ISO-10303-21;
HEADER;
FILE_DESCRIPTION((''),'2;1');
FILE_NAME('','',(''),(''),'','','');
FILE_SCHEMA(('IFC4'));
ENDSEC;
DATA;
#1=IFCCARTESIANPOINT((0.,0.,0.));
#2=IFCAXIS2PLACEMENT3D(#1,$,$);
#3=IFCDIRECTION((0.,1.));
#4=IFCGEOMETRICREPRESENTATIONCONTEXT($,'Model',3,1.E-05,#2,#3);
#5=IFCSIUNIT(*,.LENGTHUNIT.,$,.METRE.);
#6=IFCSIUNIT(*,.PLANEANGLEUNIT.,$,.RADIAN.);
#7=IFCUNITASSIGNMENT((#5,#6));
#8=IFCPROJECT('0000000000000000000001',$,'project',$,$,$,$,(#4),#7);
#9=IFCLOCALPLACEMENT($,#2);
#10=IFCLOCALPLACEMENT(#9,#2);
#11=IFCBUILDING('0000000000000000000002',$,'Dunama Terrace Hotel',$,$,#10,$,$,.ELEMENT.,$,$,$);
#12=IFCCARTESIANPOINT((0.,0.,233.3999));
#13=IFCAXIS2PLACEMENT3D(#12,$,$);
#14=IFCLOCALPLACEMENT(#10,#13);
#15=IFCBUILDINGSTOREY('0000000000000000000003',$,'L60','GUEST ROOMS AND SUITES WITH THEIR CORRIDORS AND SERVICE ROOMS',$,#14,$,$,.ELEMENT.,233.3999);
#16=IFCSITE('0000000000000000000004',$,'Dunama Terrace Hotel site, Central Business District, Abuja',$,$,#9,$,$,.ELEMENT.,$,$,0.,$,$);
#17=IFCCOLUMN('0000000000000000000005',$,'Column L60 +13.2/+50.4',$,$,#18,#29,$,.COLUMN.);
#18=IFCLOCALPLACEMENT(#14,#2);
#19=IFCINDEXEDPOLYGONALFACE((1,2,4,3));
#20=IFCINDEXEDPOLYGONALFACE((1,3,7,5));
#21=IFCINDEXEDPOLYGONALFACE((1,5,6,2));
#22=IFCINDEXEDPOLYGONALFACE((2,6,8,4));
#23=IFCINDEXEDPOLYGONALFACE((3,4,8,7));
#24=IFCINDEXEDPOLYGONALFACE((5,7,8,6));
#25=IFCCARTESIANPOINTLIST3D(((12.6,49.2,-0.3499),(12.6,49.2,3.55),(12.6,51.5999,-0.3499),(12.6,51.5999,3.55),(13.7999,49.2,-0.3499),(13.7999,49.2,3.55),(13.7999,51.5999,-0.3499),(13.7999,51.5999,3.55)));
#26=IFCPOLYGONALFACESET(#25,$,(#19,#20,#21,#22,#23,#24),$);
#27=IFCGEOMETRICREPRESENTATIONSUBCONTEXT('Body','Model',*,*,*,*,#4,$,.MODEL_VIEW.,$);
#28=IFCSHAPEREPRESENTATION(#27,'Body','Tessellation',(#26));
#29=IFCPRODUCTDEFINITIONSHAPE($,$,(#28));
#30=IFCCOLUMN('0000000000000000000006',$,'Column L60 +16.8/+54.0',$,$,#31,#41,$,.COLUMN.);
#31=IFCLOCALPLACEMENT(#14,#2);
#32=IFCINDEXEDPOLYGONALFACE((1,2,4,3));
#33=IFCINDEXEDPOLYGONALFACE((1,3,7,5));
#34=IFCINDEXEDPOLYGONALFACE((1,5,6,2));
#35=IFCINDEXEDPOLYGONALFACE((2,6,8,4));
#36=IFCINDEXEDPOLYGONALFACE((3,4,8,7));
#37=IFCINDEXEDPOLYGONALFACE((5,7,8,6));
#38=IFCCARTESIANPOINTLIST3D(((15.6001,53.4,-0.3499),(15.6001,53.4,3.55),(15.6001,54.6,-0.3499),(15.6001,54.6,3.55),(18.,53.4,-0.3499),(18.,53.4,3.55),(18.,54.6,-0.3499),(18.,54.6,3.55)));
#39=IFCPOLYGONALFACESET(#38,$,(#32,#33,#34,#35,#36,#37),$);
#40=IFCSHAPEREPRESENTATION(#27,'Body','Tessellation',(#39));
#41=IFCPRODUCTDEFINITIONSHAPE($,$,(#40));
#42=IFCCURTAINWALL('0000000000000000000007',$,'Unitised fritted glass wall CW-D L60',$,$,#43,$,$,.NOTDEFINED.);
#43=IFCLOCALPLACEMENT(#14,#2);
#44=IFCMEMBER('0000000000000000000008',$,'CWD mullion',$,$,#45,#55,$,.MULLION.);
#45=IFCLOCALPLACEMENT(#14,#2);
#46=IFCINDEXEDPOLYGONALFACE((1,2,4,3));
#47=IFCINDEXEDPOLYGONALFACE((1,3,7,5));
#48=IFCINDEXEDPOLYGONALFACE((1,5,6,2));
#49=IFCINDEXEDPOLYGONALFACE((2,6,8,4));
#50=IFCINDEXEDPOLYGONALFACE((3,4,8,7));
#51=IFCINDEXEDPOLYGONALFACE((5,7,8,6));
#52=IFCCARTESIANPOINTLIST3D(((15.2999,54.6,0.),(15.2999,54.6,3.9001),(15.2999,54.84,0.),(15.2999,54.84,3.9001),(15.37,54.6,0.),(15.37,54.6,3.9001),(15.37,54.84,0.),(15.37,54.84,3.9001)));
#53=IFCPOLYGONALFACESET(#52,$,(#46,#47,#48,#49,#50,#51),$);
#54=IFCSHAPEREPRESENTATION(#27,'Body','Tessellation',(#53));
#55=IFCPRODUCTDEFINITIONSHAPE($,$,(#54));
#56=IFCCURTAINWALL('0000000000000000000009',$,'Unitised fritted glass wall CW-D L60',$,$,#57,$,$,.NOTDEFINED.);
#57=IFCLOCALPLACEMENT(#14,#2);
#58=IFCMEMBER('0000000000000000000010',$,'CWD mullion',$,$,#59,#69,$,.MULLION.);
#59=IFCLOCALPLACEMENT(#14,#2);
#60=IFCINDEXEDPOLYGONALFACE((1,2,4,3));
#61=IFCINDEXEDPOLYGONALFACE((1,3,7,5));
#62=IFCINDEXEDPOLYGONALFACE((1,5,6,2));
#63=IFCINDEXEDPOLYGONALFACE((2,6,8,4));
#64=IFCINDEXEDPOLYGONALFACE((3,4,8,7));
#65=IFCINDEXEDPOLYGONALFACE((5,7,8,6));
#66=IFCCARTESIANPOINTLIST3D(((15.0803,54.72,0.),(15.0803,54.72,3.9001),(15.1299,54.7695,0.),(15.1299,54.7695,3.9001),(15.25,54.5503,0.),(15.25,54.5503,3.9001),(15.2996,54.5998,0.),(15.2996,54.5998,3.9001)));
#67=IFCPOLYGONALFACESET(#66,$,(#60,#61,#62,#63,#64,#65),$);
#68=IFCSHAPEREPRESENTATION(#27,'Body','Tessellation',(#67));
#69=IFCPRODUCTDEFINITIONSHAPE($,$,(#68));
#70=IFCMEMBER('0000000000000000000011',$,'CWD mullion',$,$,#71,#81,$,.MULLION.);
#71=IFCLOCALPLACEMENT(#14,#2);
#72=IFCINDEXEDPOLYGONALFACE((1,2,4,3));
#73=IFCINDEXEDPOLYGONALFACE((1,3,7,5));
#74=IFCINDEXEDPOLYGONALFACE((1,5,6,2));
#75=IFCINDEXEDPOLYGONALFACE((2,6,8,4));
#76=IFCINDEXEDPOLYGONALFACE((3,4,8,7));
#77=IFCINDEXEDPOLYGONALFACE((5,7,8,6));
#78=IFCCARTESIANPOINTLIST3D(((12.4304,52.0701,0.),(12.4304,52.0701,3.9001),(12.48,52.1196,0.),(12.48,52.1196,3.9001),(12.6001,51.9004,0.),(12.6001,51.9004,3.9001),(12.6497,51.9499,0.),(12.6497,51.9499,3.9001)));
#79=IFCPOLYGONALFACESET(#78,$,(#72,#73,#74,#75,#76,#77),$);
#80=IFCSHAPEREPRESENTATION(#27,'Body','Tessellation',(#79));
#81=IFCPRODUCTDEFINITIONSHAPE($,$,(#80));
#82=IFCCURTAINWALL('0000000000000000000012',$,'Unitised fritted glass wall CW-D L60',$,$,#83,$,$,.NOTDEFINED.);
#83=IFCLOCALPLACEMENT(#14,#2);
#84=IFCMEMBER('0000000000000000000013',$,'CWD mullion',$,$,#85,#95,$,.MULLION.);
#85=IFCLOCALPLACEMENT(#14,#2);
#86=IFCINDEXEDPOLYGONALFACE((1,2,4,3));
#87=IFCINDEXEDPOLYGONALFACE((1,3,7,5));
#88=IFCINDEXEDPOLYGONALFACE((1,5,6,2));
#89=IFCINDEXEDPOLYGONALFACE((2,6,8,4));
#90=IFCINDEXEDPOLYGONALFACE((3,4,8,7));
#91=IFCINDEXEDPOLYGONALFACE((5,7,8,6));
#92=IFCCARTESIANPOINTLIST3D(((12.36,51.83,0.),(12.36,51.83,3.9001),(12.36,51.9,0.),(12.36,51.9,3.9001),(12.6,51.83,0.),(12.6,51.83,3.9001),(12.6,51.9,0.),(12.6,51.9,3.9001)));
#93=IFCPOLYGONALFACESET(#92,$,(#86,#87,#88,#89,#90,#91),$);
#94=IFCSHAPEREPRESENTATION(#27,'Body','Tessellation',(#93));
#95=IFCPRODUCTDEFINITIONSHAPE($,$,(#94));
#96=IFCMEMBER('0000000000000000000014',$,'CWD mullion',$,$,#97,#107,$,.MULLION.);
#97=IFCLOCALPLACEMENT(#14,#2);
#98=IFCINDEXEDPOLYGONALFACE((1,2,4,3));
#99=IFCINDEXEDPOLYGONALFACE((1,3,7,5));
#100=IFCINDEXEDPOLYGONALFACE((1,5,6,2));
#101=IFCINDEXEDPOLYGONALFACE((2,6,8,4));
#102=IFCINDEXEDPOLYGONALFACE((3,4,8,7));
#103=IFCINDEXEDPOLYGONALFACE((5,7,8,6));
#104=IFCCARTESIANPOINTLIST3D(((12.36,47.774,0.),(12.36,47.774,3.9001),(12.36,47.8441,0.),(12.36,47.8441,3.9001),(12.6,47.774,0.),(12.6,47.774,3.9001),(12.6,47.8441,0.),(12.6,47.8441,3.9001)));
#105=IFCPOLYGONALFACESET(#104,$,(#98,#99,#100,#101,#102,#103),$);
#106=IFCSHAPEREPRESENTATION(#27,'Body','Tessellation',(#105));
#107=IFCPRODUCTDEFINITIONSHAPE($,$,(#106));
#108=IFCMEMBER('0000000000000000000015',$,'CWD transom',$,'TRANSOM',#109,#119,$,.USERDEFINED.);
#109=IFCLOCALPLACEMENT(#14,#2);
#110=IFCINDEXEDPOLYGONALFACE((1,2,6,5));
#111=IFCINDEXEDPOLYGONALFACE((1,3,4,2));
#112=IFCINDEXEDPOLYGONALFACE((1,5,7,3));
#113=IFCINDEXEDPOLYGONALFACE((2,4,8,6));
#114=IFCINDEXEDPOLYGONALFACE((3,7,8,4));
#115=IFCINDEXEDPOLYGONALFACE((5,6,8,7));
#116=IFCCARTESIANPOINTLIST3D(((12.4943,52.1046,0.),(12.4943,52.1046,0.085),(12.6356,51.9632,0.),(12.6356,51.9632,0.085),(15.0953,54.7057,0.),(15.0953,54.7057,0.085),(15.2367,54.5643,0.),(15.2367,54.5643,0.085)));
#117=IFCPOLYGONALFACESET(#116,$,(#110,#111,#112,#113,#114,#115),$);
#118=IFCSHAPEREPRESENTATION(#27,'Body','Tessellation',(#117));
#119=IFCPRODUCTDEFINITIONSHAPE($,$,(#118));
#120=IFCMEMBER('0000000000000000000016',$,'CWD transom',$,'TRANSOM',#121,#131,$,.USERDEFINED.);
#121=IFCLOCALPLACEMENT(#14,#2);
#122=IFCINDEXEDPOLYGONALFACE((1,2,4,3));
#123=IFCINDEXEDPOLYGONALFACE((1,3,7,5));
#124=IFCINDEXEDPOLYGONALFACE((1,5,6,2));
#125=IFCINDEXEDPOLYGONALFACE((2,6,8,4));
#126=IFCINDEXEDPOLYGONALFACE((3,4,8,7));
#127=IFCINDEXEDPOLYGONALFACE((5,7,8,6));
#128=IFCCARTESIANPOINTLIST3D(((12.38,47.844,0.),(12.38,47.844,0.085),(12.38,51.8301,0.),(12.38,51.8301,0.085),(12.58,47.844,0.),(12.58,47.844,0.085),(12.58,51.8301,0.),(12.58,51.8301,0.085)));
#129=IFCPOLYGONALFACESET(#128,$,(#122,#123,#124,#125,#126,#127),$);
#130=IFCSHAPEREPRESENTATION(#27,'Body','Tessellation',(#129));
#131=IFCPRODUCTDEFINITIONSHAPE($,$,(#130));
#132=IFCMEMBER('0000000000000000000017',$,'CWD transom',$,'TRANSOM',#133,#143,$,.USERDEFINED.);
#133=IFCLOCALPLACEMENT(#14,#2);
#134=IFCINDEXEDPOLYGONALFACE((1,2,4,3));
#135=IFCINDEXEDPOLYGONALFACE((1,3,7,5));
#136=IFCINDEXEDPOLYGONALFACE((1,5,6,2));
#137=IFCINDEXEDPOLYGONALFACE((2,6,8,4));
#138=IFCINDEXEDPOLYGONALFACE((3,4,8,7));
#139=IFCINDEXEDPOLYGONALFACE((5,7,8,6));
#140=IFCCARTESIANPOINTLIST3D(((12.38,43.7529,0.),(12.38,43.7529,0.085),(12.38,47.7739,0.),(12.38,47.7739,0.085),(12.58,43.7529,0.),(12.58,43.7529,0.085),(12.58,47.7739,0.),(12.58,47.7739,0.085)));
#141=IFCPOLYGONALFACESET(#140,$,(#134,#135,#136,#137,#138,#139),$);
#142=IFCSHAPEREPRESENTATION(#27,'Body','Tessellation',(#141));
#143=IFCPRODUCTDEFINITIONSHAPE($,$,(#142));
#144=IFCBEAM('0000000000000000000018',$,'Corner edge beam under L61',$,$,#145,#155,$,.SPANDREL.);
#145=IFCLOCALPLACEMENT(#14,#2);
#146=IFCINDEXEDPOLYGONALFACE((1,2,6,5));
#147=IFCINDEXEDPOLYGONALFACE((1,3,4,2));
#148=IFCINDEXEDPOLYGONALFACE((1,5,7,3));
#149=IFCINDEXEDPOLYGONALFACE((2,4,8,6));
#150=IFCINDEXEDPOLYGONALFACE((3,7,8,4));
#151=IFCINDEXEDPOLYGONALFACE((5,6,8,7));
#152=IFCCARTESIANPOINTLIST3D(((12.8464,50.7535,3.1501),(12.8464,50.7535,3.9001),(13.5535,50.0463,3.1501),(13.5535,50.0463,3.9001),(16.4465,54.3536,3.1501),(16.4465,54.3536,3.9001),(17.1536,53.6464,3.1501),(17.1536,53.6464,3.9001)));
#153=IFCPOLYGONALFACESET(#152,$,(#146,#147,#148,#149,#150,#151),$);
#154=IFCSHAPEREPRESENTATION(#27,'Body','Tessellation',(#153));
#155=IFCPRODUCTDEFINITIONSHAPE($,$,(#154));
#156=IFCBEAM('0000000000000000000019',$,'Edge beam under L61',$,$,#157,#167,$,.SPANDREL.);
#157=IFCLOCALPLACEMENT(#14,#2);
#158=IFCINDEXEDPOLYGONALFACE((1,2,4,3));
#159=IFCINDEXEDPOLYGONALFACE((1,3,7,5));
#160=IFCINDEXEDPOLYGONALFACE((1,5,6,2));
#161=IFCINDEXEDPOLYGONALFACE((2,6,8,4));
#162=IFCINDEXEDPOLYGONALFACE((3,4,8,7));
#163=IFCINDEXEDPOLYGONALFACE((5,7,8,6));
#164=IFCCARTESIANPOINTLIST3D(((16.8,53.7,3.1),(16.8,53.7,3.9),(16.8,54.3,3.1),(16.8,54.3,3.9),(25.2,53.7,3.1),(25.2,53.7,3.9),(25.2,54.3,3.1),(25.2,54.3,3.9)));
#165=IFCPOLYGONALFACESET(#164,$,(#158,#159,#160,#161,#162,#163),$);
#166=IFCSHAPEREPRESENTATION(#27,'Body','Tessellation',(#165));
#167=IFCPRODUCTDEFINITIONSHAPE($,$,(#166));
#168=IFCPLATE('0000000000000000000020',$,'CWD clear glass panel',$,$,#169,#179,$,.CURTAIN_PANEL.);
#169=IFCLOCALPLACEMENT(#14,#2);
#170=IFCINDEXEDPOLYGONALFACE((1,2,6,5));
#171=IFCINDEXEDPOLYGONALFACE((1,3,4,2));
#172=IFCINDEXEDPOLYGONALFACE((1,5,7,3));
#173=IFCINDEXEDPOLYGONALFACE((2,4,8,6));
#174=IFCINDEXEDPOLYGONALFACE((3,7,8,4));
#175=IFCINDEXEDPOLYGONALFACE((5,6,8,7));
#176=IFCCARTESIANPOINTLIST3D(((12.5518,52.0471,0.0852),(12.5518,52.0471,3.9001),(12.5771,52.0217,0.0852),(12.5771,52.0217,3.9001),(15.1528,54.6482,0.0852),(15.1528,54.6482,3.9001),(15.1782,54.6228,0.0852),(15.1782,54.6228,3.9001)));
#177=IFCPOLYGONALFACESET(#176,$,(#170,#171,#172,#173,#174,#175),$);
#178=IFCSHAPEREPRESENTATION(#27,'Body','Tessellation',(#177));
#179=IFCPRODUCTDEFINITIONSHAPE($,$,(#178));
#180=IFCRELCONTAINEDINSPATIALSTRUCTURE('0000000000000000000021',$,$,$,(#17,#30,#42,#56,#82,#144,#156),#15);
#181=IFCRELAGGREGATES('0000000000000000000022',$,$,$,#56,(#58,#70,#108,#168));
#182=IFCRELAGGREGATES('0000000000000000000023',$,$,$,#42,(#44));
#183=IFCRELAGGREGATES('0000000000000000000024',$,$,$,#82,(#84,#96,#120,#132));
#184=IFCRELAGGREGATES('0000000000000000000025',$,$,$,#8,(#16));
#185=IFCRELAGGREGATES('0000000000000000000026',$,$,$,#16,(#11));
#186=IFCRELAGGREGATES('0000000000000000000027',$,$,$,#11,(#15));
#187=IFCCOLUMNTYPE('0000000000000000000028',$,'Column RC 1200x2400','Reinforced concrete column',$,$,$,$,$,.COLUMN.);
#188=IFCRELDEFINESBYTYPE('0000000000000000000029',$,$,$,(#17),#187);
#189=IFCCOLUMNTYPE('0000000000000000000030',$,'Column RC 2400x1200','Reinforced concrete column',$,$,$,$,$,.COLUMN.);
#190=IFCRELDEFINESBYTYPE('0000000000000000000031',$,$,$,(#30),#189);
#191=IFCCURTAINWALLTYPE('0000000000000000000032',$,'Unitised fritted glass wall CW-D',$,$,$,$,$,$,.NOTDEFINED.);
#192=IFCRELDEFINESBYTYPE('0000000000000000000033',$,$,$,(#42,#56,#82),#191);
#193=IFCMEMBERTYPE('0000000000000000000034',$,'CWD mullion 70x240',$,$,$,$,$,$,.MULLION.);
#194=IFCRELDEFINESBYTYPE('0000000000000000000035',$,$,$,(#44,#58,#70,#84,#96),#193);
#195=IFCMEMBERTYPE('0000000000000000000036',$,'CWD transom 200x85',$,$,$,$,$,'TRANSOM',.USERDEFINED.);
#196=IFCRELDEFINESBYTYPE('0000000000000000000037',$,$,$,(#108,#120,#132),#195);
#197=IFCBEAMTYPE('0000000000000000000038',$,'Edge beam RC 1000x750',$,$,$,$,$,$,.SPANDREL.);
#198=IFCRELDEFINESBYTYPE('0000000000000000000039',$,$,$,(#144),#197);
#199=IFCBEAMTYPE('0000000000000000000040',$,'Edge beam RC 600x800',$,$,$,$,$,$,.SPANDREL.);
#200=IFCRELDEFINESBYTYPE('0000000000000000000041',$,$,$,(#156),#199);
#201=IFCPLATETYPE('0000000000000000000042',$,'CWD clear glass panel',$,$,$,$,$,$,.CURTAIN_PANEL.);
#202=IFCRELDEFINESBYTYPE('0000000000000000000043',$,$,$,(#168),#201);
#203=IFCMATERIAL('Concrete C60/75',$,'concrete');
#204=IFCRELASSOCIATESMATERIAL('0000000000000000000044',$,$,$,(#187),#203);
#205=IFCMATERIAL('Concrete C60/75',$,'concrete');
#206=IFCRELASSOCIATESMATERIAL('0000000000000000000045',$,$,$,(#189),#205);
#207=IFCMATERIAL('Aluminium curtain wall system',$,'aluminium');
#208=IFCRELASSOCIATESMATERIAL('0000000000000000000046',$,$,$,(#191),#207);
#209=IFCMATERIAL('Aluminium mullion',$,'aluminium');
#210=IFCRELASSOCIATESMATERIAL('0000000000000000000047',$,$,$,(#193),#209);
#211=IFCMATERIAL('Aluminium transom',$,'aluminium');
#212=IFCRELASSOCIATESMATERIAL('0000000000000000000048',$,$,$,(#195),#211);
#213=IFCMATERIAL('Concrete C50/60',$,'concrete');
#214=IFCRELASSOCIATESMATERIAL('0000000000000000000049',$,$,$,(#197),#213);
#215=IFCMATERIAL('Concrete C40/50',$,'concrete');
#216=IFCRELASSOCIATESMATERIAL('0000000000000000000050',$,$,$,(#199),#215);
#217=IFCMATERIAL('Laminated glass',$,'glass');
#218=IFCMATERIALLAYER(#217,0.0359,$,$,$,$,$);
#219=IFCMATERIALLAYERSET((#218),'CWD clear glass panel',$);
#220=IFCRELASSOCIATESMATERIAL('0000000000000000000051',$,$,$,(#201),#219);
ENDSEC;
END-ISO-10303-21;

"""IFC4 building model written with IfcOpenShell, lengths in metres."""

from ifc_helpers import new_model, si_unit, direction, frame, origin, origin_2d, place, context, subcontext, project, spatial, rectangle, extrude, material, layer, layer_set, material_profile, profile_set, type_object, element, aggregate, save


model = new_model("IFC4")

# Units and contexts
model_context = context("Model", 3, precision=1e-05, world=origin(), true_north=direction((0.0, 1.0)))
body_context = subcontext(model_context, "Body", "Model", "MODEL_VIEW")
ifc_project = project(units=[si_unit("LENGTHUNIT", "METRE"), si_unit("PLANEANGLEUNIT", "RADIAN")], contexts=[model_context])

# Site, building, storey
site_placement = place(None, origin())
site = spatial("IfcSite", under=ifc_project, at=site_placement, Name="Dunama Terrace Hotel site, Central Business District, Abuja", CompositionType="ELEMENT", RefElevation=0.0)
building_placement = place(site_placement, origin())
building = spatial("IfcBuilding", under=site, at=building_placement, Name="Dunama Terrace Hotel", CompositionType="ELEMENT")
storey_placement = place(building_placement, frame((0.0, 0.0, 233.3999)))
storey = spatial("IfcBuildingStorey", under=building, at=storey_placement, Name="L60", Description="GUEST ROOMS AND SUITES WITH THEIR CORRIDORS AND SERVICE ROOMS", CompositionType="ELEMENT", Elevation=233.3999)

# Columns
ifc_material_1 = material(Name="Concrete C60/75", Category="concrete")
ifc_material_profile_1 = material_profile(ifc_material_1, rectangle(XDim=1.2, YDim=2.3999, at=origin_2d()), Name="RC 1200x2400")
ifc_profile_set_1 = profile_set([ifc_material_profile_1], Name="Concrete C60/75")
column_type_1 = type_object("IfcColumnType", Name="Column RC 1200x2400", Description="Reinforced concrete column", PredefinedType="COLUMN", material=ifc_profile_set_1)
column_1_placement = place(storey_placement, frame((13.2, 50.3999, -0.3499), z_axis=(0.0, 0.0, 1.0), x_axis=(1.0, 0.0, 0.0)))
element("IfcColumn", 1, at=column_1_placement, inside=storey, type_object=column_type_1, Name="Column L60 +13.2/+50.4", PredefinedType="COLUMN", context=body_context, shape_type="SweptSolid", body=[
    extrude(rectangle(XDim=1.2, YDim=2.3999, at=origin_2d()), origin(), (0.0, 0.0, 1.0), 3.8999),
])
ifc_material_2 = material(Name="Concrete C60/75", Category="concrete")
ifc_material_profile_2 = material_profile(ifc_material_2, rectangle(XDim=2.3999, YDim=1.2, at=origin_2d()), Name="RC 2400x1200")
ifc_profile_set_2 = profile_set([ifc_material_profile_2], Name="Concrete C60/75")
column_type_2 = type_object("IfcColumnType", Name="Column RC 2400x1200", Description="Reinforced concrete column", PredefinedType="COLUMN", material=ifc_profile_set_2)
column_2_placement = place(storey_placement, frame((16.8, 54.0, -0.3499), z_axis=(0.0, 0.0, 1.0), x_axis=(1.0, 0.0, 0.0)))
element("IfcColumn", 2, at=column_2_placement, inside=storey, type_object=column_type_2, Name="Column L60 +16.8/+54.0", PredefinedType="COLUMN", context=body_context, shape_type="SweptSolid", body=[
    extrude(rectangle(XDim=2.3999, YDim=1.2, at=origin_2d()), origin(), (0.0, 0.0, 1.0), 3.8999),
])

# Curtain wall, member
ifc_material_3 = material(Name="Aluminium curtain wall system", Category="aluminium")
curtain_wall_type = type_object("IfcCurtainWallType", Name="Unitised fritted glass wall CW-D", PredefinedType="NOTDEFINED", material=ifc_material_3)
curtain_wall_1_placement = place(storey_placement, origin())
curtain_wall_1 = element("IfcCurtainWall", 3, at=curtain_wall_1_placement, inside=storey, type_object=curtain_wall_type, Name="Unitised fritted glass wall CW-D L60", PredefinedType="NOTDEFINED")
ifc_material_4 = material(Name="Aluminium mullion", Category="aluminium")
ifc_material_profile_3 = material_profile(ifc_material_4, rectangle(XDim=0.0701, YDim=0.24, at=origin_2d()), Name="CWD MULLION 70X240")
ifc_profile_set_3 = profile_set([ifc_material_profile_3], Name="Aluminium mullion")
member_type_1 = type_object("IfcMemberType", Name="CWD mullion 70x240", PredefinedType="MULLION", material=ifc_profile_set_3)
member_1_placement = place(storey_placement, frame((15.335, 54.72, 0.0), z_axis=(0.0, 0.0, 1.0), x_axis=(-1.0, 0.0, 0.0)))
member_1 = element("IfcMember", 4, at=member_1_placement, type_object=member_type_1, Name="CWD mullion", PredefinedType="MULLION", context=body_context, shape_type="SweptSolid", body=[
    extrude(rectangle(XDim=0.0701, YDim=0.24, at=origin_2d()), origin(), (0.0, 0.0, 1.0), 3.9001),
])

# Curtain walls, members
curtain_wall_2_placement = place(storey_placement, origin())
curtain_wall_2 = element("IfcCurtainWall", 5, at=curtain_wall_2_placement, inside=storey, type_object=curtain_wall_type, Name="Unitised fritted glass wall CW-D L60", PredefinedType="NOTDEFINED")
member_2_placement = place(storey_placement, frame((15.1899, 54.6599, 0.0), z_axis=(0.0, 0.0, 1.0), x_axis=(-0.707107, -0.707107, 0.0)))
member_2 = element("IfcMember", 6, at=member_2_placement, type_object=member_type_1, Name="CWD mullion", PredefinedType="MULLION", context=body_context, shape_type="SweptSolid", body=[
    extrude(rectangle(XDim=0.0701, YDim=0.24, at=origin_2d()), origin(), (0.0, 0.0, 1.0), 3.9001),
])
member_3_placement = place(storey_placement, frame((12.54, 52.01, 0.0), z_axis=(0.0, 0.0, 1.0), x_axis=(-0.707107, -0.707107, 0.0)))
member_3 = element("IfcMember", 7, at=member_3_placement, type_object=member_type_1, Name="CWD mullion", PredefinedType="MULLION", context=body_context, shape_type="SweptSolid", body=[
    extrude(rectangle(XDim=0.0701, YDim=0.24, at=origin_2d()), origin(), (0.0, 0.0, 1.0), 3.9001),
])
curtain_wall_3_placement = place(storey_placement, origin())
curtain_wall_3 = element("IfcCurtainWall", 8, at=curtain_wall_3_placement, inside=storey, type_object=curtain_wall_type, Name="Unitised fritted glass wall CW-D L60", PredefinedType="NOTDEFINED")
member_4_placement = place(storey_placement, frame((12.48, 51.865, 0.0), z_axis=(0.0, 0.0, 1.0), x_axis=(0.0, -1.0, 0.0)))
member_4 = element("IfcMember", 9, at=member_4_placement, type_object=member_type_1, Name="CWD mullion", PredefinedType="MULLION", context=body_context, shape_type="SweptSolid", body=[
    extrude(rectangle(XDim=0.0701, YDim=0.24, at=origin_2d()), origin(), (0.0, 0.0, 1.0), 3.9001),
])
member_5_placement = place(storey_placement, frame((12.48, 47.8091, 0.0), z_axis=(0.0, 0.0, 1.0), x_axis=(0.0, -1.0, 0.0)))
member_5 = element("IfcMember", 10, at=member_5_placement, type_object=member_type_1, Name="CWD mullion", PredefinedType="MULLION", context=body_context, shape_type="SweptSolid", body=[
    extrude(rectangle(XDim=0.0701, YDim=0.24, at=origin_2d()), origin(), (0.0, 0.0, 1.0), 3.9001),
])

# Members
ifc_material_5 = material(Name="Aluminium transom", Category="aluminium")
ifc_material_profile_4 = material_profile(ifc_material_5, rectangle(XDim=0.2, YDim=0.085, at=origin_2d()), Name="CWD TRANSOM 200X85")
ifc_profile_set_4 = profile_set([ifc_material_profile_4], Name="Aluminium transom")
member_type_2 = type_object("IfcMemberType", Name="CWD transom 200x85", ElementType="TRANSOM", PredefinedType="USERDEFINED", material=ifc_profile_set_4)
member_6_placement = place(storey_placement, frame((15.166, 54.635, 0.0425), z_axis=(-0.707107, -0.707107, 0.0), x_axis=(0.707107, -0.707107, 0.0)))
member_6 = element("IfcMember", 11, at=member_6_placement, type_object=member_type_2, Name="CWD transom", ObjectType="TRANSOM", PredefinedType="USERDEFINED", context=body_context, shape_type="SweptSolid", body=[
    extrude(rectangle(XDim=0.2, YDim=0.085, at=origin_2d()), origin(), (0.0, 0.0, 1.0), 3.6785),
])
member_7_placement = place(storey_placement, frame((12.48, 51.8301, 0.0425), z_axis=(0.0, -1.0, 0.0), x_axis=(1.0, 0.0, 0.0)))
member_7 = element("IfcMember", 12, at=member_7_placement, type_object=member_type_2, Name="CWD transom", ObjectType="TRANSOM", PredefinedType="USERDEFINED", context=body_context, shape_type="SweptSolid", body=[
    extrude(rectangle(XDim=0.2, YDim=0.085, at=origin_2d()), origin(), (0.0, 0.0, 1.0), 3.9861),
])
member_8_placement = place(storey_placement, frame((12.48, 47.7739, 0.0425), z_axis=(0.0, -1.0, 0.0), x_axis=(1.0, 0.0, 0.0)))
member_8 = element("IfcMember", 13, at=member_8_placement, type_object=member_type_2, Name="CWD transom", ObjectType="TRANSOM", PredefinedType="USERDEFINED", context=body_context, shape_type="SweptSolid", body=[
    extrude(rectangle(XDim=0.2, YDim=0.085, at=origin_2d()), origin(), (0.0, 0.0, 1.0), 4.021),
])

# Beams
ifc_material_6 = material(Name="Concrete C50/60", Category="concrete")
ifc_material_profile_5 = material_profile(ifc_material_6, rectangle(XDim=1.0, YDim=0.75, at=origin_2d()), Name="RC 1000x750")
ifc_profile_set_5 = profile_set([ifc_material_profile_5], Name="Concrete C50/60")
beam_type_1 = type_object("IfcBeamType", Name="Edge beam RC 1000x750", PredefinedType="SPANDREL", material=ifc_profile_set_5)
beam_1_placement = place(storey_placement, frame((16.8, 54.0, 3.5251), z_axis=(-0.707107, -0.707107, 0.0), x_axis=(0.707107, -0.707107, 0.0)))
element("IfcBeam", 14, at=beam_1_placement, inside=storey, type_object=beam_type_1, Name="Corner edge beam under L61", PredefinedType="SPANDREL", context=body_context, shape_type="SweptSolid", body=[
    extrude(rectangle(XDim=1.0, YDim=0.75, at=origin_2d()), origin(), (0.0, 0.0, 1.0), 5.0913),
])
ifc_material_7 = material(Name="Concrete C40/50", Category="concrete")
ifc_material_profile_6 = material_profile(ifc_material_7, rectangle(XDim=0.6001, YDim=0.8, at=origin_2d()), Name="RC 600x800")
ifc_profile_set_6 = profile_set([ifc_material_profile_6], Name="Concrete C40/50")
beam_type_2 = type_object("IfcBeamType", Name="Edge beam RC 600x800", PredefinedType="SPANDREL", material=ifc_profile_set_6)
beam_2_placement = place(storey_placement, frame((16.8, 54.0, 3.5), z_axis=(1.0, 0.0, 0.0), x_axis=(0.0, 1.0, 0.0)))
element("IfcBeam", 15, at=beam_2_placement, inside=storey, type_object=beam_type_2, Name="Edge beam under L61", PredefinedType="SPANDREL", context=body_context, shape_type="SweptSolid", body=[
    extrude(rectangle(XDim=0.6001, YDim=0.8, at=origin_2d()), origin(), (0.0, 0.0, 1.0), 8.3999),
])

# Plate
ifc_material_8 = material(Name="Laminated glass", Category="glass")
ifc_layer_1 = layer(ifc_material_8, 0.0359)
ifc_layer_set_1 = layer_set([ifc_layer_1], Name="CWD clear glass panel")
plate_type_1 = type_object("IfcPlateType", Name="CWD clear glass panel", PredefinedType="CURTAIN_PANEL", material=ifc_layer_set_1)
plate_1_placement = place(storey_placement, frame((13.865, 53.335, 0.0852), z_axis=(0.0, 0.0, 1.0), x_axis=(-0.707107, -0.707107, 0.0)))
plate_1 = element("IfcPlate", 16, at=plate_1_placement, type_object=plate_type_1, Name="CWD clear glass panel", PredefinedType="CURTAIN_PANEL", context=body_context, shape_type="SweptSolid", body=[
    extrude(rectangle(XDim=3.6785, YDim=0.0359, at=origin_2d()), origin(), (0.0, 0.0, 1.0), 3.8149),
])
aggregate(curtain_wall_2, [member_2, member_3, member_6, plate_1])
aggregate(curtain_wall_1, [member_1])
aggregate(curtain_wall_3, [member_4, member_5, member_7, member_8])

save(model, "model.ifc")
